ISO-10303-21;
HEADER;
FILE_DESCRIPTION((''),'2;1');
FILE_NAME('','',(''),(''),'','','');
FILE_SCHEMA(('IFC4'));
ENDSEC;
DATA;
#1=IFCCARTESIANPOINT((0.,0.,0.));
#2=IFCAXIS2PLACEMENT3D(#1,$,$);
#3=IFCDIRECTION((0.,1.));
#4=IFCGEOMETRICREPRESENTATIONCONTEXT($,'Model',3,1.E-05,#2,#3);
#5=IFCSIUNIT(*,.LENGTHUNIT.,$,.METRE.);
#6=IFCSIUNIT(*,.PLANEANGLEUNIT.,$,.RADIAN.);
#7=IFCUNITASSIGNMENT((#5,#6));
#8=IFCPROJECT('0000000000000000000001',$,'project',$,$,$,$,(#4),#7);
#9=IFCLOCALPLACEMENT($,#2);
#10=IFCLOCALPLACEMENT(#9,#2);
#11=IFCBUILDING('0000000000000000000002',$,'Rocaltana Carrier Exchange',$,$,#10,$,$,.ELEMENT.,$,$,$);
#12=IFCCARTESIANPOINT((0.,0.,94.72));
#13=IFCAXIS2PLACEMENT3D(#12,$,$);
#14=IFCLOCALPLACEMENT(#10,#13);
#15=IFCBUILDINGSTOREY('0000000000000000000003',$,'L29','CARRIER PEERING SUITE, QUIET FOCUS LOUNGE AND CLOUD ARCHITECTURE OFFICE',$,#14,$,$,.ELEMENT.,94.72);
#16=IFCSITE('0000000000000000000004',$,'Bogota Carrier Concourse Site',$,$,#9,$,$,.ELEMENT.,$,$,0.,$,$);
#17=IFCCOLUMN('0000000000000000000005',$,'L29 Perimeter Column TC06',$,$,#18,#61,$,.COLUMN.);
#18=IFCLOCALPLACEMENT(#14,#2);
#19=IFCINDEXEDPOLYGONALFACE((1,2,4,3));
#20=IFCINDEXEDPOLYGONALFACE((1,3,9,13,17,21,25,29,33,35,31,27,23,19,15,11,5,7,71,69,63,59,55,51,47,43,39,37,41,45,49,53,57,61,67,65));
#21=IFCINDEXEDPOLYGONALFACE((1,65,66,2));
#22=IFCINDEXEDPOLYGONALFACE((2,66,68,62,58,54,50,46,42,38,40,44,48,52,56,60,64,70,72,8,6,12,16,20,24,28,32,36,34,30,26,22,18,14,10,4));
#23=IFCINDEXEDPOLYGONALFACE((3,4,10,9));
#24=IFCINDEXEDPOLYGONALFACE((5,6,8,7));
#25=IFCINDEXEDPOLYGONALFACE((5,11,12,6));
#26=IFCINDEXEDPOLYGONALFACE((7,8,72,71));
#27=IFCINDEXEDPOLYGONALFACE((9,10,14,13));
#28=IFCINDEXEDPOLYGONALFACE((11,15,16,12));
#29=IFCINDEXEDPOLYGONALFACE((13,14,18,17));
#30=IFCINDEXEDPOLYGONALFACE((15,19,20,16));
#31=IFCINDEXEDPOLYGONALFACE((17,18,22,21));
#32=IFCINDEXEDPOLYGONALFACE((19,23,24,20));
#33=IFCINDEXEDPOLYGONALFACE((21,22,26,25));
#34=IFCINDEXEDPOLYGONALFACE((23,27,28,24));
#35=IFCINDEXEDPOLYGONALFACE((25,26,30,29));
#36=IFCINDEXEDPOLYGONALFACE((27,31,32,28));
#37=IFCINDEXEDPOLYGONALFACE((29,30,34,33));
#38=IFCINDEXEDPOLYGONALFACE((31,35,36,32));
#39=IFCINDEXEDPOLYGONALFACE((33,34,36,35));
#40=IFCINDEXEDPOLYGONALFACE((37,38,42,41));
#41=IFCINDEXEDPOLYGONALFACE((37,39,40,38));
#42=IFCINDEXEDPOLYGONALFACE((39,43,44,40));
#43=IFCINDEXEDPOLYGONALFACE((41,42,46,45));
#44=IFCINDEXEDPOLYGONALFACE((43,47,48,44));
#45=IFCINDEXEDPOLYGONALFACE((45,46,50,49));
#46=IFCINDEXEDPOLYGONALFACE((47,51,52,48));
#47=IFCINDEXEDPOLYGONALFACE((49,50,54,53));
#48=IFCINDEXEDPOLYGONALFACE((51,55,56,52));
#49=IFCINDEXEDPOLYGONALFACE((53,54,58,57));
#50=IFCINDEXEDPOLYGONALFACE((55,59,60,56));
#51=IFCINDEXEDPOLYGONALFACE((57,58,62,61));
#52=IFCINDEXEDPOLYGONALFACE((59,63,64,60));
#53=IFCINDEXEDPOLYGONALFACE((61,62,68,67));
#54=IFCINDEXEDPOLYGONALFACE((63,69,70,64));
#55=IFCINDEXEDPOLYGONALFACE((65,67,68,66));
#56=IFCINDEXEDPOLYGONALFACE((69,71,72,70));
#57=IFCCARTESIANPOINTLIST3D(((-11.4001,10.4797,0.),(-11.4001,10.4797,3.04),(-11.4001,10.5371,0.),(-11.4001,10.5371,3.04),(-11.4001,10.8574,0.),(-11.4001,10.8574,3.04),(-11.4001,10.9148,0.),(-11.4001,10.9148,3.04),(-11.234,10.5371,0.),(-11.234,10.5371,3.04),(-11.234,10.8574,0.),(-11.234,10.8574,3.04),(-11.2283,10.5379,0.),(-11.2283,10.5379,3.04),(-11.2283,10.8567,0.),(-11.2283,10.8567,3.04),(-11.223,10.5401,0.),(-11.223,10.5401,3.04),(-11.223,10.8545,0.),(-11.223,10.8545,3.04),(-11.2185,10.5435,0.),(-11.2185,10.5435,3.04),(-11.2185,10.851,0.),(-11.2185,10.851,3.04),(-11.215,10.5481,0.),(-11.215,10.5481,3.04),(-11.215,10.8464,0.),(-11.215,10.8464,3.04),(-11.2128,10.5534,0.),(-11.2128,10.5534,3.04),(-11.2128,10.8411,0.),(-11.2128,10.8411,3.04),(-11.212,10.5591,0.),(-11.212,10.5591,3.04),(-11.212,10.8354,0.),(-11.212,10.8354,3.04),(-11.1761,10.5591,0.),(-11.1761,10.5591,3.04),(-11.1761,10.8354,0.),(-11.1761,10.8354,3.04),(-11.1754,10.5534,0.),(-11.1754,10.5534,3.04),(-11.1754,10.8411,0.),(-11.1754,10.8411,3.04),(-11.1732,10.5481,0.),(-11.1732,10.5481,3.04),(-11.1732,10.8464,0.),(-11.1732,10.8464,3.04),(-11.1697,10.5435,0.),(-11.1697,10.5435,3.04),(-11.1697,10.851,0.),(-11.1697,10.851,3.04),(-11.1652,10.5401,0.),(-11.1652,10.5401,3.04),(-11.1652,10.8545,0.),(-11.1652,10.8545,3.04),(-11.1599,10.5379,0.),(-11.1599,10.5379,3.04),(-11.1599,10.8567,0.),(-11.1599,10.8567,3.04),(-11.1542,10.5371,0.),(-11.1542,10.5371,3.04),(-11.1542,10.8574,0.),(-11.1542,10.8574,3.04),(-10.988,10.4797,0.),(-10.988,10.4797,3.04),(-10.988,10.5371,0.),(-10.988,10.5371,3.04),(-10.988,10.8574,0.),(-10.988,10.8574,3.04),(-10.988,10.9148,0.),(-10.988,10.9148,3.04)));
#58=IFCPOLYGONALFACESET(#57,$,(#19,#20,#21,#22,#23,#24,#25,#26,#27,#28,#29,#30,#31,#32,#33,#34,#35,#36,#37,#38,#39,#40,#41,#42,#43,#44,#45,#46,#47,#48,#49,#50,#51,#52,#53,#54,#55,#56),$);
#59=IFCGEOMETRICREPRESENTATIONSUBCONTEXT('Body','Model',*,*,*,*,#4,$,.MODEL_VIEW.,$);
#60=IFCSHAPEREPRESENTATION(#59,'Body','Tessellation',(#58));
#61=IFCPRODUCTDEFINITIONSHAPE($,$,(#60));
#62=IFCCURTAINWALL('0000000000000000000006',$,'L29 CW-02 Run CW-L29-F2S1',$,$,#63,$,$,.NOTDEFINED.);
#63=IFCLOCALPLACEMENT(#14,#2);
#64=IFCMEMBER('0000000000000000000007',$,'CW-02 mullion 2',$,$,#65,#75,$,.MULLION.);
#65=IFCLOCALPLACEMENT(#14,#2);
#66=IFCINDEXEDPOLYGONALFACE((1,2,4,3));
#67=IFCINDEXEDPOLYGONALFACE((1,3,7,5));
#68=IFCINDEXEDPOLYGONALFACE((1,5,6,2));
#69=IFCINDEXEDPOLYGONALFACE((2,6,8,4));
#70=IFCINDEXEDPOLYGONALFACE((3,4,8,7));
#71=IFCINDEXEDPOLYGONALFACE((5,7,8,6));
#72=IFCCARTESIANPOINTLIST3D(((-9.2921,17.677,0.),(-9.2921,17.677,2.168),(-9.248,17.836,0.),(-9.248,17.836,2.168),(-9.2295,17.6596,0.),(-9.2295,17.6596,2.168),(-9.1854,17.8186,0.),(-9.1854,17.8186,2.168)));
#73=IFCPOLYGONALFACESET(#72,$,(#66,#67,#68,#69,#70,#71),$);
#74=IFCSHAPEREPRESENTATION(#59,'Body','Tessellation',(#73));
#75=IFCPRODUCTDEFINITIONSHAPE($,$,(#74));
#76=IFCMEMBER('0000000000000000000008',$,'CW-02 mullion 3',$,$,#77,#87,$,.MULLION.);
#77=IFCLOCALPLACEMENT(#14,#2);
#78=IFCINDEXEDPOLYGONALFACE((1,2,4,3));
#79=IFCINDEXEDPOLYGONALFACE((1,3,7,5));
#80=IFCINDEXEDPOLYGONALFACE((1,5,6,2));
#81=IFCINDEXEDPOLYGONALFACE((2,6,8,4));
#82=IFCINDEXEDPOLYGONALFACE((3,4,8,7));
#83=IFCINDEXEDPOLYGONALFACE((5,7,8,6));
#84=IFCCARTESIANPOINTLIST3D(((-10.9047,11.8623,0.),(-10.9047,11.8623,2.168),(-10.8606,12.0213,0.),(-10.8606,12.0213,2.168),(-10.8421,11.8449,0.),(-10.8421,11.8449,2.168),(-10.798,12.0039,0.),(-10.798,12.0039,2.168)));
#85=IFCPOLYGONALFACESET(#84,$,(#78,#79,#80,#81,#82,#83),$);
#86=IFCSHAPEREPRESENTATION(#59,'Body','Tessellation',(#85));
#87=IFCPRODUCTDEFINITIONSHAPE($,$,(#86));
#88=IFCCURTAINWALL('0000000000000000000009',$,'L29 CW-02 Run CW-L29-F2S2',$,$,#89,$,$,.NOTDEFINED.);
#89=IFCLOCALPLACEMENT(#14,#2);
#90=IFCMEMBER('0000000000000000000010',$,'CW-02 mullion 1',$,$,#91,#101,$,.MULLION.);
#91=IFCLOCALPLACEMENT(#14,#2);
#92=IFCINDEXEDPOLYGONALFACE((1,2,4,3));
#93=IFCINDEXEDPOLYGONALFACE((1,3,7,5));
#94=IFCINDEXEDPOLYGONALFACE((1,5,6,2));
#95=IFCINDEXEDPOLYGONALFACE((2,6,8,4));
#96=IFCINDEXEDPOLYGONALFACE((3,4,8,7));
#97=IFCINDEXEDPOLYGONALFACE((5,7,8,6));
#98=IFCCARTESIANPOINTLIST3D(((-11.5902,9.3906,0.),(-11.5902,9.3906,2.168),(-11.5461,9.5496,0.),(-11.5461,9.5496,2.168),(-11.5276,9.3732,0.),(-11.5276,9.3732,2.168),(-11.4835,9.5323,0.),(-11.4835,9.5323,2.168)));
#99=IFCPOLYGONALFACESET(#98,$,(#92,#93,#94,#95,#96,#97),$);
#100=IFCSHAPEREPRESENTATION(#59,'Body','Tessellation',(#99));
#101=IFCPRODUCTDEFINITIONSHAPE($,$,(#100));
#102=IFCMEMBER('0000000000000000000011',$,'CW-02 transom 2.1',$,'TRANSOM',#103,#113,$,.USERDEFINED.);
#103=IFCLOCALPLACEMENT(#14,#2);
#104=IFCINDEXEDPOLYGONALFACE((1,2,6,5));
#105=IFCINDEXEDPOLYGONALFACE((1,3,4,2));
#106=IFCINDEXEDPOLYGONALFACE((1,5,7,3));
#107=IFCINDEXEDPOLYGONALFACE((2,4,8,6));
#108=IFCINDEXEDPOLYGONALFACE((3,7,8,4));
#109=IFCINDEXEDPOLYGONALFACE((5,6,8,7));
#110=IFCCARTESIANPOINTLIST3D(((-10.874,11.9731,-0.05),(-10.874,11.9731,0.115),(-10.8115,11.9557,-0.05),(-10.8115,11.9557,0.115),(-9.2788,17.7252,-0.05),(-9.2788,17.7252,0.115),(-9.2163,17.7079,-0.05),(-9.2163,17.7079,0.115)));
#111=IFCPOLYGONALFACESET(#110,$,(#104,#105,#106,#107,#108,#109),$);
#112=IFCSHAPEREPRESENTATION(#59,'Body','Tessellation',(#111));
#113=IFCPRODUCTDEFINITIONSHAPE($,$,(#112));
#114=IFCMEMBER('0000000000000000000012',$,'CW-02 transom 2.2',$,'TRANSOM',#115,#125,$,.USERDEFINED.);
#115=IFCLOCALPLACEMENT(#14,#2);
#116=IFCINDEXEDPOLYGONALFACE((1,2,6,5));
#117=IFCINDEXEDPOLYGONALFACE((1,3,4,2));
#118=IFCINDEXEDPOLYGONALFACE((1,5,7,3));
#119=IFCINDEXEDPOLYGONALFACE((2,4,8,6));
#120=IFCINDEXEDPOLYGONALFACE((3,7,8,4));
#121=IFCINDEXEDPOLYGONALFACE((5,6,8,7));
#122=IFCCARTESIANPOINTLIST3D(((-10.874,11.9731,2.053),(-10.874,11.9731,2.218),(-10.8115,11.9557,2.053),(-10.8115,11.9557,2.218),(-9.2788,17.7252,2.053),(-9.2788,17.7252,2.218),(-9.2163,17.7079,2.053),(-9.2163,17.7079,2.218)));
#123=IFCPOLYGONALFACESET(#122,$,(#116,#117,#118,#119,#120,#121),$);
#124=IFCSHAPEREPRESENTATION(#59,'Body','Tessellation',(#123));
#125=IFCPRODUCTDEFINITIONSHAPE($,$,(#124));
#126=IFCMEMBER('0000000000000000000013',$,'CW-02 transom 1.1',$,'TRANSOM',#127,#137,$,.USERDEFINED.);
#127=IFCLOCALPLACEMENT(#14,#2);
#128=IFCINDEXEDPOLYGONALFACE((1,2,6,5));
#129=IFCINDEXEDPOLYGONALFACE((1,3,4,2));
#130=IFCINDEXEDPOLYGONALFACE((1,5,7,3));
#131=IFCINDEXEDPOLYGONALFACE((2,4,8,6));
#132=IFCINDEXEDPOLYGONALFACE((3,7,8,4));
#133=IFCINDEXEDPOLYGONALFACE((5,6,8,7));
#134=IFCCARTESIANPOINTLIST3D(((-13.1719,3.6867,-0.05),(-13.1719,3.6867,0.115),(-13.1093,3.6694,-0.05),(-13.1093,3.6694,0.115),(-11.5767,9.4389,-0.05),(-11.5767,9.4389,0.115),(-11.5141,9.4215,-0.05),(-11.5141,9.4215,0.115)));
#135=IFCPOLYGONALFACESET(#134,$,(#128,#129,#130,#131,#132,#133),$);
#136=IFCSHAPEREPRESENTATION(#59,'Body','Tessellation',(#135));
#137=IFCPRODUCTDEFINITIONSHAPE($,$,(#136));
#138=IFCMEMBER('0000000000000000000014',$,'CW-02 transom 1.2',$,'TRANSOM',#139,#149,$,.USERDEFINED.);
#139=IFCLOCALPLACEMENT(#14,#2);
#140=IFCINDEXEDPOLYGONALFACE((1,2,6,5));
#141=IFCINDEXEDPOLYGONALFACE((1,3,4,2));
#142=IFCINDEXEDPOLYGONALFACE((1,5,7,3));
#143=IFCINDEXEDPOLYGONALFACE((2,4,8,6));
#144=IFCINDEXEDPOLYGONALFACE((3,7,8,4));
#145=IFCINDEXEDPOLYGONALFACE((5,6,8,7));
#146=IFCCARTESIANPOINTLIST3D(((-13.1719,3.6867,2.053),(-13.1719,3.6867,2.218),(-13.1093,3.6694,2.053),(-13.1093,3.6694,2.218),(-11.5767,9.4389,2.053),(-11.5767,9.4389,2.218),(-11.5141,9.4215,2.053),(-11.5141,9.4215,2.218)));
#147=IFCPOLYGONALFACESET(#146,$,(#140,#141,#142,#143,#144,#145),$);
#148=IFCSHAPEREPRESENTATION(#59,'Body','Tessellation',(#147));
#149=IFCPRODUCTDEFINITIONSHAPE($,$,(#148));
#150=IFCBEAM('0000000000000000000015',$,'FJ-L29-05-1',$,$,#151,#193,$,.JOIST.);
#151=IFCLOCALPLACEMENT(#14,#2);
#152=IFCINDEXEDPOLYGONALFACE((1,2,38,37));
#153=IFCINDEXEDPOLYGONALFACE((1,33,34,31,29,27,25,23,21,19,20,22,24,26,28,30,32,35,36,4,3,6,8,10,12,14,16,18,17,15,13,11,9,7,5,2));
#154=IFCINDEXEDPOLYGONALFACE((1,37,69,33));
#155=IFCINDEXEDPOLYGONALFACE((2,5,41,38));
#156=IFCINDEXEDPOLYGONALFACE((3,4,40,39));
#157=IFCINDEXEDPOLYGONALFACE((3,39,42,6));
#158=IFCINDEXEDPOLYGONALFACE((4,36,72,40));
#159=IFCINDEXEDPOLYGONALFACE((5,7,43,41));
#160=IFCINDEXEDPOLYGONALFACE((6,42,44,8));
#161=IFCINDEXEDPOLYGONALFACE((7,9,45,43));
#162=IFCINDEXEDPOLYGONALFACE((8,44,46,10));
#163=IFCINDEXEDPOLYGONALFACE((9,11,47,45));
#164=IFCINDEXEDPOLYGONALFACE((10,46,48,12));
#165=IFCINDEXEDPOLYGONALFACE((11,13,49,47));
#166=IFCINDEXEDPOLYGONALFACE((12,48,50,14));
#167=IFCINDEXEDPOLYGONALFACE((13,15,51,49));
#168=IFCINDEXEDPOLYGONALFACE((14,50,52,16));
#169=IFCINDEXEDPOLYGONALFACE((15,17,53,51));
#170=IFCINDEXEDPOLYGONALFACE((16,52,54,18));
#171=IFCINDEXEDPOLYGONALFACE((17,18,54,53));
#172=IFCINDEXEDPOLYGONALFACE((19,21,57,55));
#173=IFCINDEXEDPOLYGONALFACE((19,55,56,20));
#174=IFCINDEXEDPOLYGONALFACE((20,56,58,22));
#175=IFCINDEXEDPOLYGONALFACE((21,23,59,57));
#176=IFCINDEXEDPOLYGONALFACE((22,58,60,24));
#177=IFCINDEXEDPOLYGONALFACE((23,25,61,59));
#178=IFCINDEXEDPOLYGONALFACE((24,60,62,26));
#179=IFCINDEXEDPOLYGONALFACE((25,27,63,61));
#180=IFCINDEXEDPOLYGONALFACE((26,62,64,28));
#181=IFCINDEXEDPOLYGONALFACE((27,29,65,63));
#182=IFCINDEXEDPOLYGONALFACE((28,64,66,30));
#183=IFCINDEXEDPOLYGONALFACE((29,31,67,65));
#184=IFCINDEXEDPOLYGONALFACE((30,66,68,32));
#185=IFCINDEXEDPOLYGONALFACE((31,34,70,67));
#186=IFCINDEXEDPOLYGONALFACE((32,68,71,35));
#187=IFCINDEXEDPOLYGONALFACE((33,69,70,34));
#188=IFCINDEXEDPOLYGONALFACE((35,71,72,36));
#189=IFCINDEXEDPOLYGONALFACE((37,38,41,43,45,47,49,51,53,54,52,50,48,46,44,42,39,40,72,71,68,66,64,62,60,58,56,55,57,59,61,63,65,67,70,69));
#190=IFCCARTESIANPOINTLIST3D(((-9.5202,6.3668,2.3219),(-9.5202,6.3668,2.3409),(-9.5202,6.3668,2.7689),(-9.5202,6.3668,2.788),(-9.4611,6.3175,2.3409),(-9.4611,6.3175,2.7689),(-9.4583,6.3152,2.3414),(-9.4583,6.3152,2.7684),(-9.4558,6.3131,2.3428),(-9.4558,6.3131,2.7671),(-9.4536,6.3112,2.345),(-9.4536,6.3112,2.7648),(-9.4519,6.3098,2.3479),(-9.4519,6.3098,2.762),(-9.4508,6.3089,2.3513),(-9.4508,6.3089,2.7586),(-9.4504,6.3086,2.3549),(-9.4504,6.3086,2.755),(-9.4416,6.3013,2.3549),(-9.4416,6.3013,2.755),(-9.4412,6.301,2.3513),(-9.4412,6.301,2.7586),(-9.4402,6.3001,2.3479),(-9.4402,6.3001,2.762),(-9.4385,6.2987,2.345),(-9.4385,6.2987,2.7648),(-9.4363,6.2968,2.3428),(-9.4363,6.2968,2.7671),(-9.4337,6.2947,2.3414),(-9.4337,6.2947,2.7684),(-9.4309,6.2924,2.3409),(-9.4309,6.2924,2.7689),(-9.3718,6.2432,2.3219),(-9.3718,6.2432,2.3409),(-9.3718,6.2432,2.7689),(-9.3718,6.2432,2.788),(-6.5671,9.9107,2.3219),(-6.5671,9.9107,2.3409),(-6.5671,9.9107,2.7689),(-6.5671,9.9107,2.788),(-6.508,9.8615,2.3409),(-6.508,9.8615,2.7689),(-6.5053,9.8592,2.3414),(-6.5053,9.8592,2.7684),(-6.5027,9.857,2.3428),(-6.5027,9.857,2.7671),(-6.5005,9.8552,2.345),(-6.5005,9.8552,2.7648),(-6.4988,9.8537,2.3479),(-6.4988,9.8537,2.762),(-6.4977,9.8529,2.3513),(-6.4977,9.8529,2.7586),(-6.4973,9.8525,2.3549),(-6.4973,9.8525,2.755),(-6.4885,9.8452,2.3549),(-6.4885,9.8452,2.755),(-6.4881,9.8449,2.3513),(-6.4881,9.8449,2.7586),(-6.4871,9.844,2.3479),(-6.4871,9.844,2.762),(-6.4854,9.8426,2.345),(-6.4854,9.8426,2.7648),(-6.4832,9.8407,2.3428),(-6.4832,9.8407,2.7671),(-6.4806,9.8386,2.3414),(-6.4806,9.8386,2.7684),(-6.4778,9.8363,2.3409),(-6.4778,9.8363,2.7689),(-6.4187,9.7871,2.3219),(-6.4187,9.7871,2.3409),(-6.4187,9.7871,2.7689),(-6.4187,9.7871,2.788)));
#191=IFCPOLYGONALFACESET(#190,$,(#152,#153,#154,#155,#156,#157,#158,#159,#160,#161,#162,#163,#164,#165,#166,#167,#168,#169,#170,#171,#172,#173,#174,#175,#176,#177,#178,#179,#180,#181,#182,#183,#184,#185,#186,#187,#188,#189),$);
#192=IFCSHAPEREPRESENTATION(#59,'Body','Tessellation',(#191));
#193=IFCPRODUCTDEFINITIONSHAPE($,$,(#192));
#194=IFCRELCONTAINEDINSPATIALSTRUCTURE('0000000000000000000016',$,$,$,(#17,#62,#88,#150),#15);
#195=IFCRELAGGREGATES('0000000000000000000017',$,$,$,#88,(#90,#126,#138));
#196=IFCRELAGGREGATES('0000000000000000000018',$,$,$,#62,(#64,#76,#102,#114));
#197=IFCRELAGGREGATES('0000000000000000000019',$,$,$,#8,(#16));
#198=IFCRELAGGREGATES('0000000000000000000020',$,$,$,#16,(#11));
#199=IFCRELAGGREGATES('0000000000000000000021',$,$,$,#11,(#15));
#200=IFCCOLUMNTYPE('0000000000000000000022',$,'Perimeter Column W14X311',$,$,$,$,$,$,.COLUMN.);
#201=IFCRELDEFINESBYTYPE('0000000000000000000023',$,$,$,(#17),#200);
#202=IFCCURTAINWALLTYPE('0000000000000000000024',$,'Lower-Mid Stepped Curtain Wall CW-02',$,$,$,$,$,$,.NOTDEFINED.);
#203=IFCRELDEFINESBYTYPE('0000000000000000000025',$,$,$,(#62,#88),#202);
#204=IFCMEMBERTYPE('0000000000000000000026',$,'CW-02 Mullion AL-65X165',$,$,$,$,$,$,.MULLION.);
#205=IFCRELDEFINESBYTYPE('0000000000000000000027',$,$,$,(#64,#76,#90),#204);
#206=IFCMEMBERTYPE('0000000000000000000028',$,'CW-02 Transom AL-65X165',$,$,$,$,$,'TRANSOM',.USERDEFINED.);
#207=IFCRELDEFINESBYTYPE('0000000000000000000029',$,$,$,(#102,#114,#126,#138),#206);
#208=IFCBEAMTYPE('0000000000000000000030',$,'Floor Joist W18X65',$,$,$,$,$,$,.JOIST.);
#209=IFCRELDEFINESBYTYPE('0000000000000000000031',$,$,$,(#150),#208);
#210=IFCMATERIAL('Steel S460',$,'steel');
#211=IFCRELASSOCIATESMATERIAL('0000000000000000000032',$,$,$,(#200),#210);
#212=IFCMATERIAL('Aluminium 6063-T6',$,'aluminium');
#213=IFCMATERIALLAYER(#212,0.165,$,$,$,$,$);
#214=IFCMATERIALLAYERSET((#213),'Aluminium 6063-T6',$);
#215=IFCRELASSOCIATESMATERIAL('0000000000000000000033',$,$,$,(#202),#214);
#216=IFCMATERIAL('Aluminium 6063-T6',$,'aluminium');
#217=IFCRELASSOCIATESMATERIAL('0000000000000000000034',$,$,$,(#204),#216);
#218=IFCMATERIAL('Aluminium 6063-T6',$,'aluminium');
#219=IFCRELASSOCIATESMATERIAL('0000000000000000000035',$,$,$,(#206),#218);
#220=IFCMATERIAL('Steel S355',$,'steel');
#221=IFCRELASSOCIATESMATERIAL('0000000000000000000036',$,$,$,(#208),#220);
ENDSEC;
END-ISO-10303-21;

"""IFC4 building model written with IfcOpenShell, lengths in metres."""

from ifc_helpers import new_model, si_unit, direction, frame, origin, origin_2d, place, context, subcontext, project, spatial, rectangle, i_section, extrude, material, layer, layer_set, material_profile, profile_set, type_object, element, aggregate, save


model = new_model("IFC4")

# Units and contexts
model_context = context("Model", 3, precision=1e-05, world=origin(), true_north=direction((0.0, 1.0)))
body_context = subcontext(model_context, "Body", "Model", "MODEL_VIEW")
ifc_project = project(units=[si_unit("LENGTHUNIT", "METRE"), si_unit("PLANEANGLEUNIT", "RADIAN")], contexts=[model_context])

# Site, building, storey
site_placement = place(None, origin())
site = spatial("IfcSite", under=ifc_project, at=site_placement, Name="Bogota Carrier Concourse Site", CompositionType="ELEMENT", RefElevation=0.0)
building_placement = place(site_placement, origin())
building = spatial("IfcBuilding", under=site, at=building_placement, Name="Rocaltana Carrier Exchange", CompositionType="ELEMENT")
storey_placement = place(building_placement, frame((0.0, 0.0, 94.72)))
storey = spatial("IfcBuildingStorey", under=building, at=storey_placement, Name="L29", Description="CARRIER PEERING SUITE, QUIET FOCUS LOUNGE AND CLOUD ARCHITECTURE OFFICE", CompositionType="ELEMENT", Elevation=94.72)

# Column
ifc_material_1 = material(Name="Steel S460", Category="steel")
ifc_material_profile_1 = material_profile(ifc_material_1, i_section(OverallWidth=0.4121, OverallDepth=0.4351, WebThickness=0.0359, FlangeThickness=0.0574, FilletRadius=0.022, at=origin_2d()), Name="W14X311")
ifc_profile_set_1 = profile_set([ifc_material_profile_1], Name="Steel S460")
column_type = type_object("IfcColumnType", Name="Perimeter Column W14X311", PredefinedType="COLUMN", material=ifc_profile_set_1)
column_placement = place(storey_placement, frame((-11.1941, 10.6973, 0.0), z_axis=(0.0, 0.0, 1.0), x_axis=(1.0, 0.0, 0.0)))
element("IfcColumn", 1, at=column_placement, inside=storey, type_object=column_type, Name="L29 Perimeter Column TC06", PredefinedType="COLUMN", context=body_context, shape_type="SweptSolid", body=[
    extrude(i_section(OverallWidth=0.4121, OverallDepth=0.4351, WebThickness=0.0359, FlangeThickness=0.0574, FilletRadius=0.022, at=origin_2d()), origin(), (0.0, 0.0, 1.0), 3.04),
])

# Curtain wall, members
ifc_material_2 = material(Name="Aluminium 6063-T6", Category="aluminium")
ifc_layer_1 = layer(ifc_material_2, 0.165)
ifc_layer_set_1 = layer_set([ifc_layer_1], Name="Aluminium 6063-T6")
curtain_wall_type = type_object("IfcCurtainWallType", Name="Lower-Mid Stepped Curtain Wall CW-02", PredefinedType="NOTDEFINED", material=ifc_layer_set_1)
curtain_wall_1_placement = place(storey_placement, origin())
curtain_wall_1 = element("IfcCurtainWall", 2, at=curtain_wall_1_placement, inside=storey, type_object=curtain_wall_type, Name="L29 CW-02 Run CW-L29-F2S1", PredefinedType="NOTDEFINED")
ifc_material_3 = material(Name="Aluminium 6063-T6", Category="aluminium")
ifc_material_profile_2 = material_profile(ifc_material_3, rectangle(XDim=0.0649, YDim=0.165, at=origin_2d()), Name="AL-65X165")
ifc_profile_set_2 = profile_set([ifc_material_profile_2], Name="Aluminium 6063-T6")
member_type_1 = type_object("IfcMemberType", Name="CW-02 Mullion AL-65X165", PredefinedType="MULLION", material=ifc_profile_set_2)
member_1_placement = place(storey_placement, frame((-9.2388, 17.7478, 0.0), z_axis=(0.0, 0.0, 1.0), x_axis=(0.963628, -0.267246, 0.0)))
member_1 = element("IfcMember", 3, at=member_1_placement, type_object=member_type_1, Name="CW-02 mullion 2", PredefinedType="MULLION", context=body_context, shape_type="SweptSolid", body=[
    extrude(rectangle(XDim=0.0649, YDim=0.165, at=origin_2d()), origin(), (0.0, 0.0, 1.0), 2.168),
])
member_2_placement = place(storey_placement, frame((-10.8513, 11.9331, 0.0), z_axis=(0.0, 0.0, 1.0), x_axis=(0.963628, -0.267246, 0.0)))
member_2 = element("IfcMember", 4, at=member_2_placement, type_object=member_type_1, Name="CW-02 mullion 3", PredefinedType="MULLION", context=body_context, shape_type="SweptSolid", body=[
    extrude(rectangle(XDim=0.0649, YDim=0.165, at=origin_2d()), origin(), (0.0, 0.0, 1.0), 2.168),
])

# Curtain wall, member
curtain_wall_2_placement = place(storey_placement, origin())
curtain_wall_2 = element("IfcCurtainWall", 5, at=curtain_wall_2_placement, inside=storey, type_object=curtain_wall_type, Name="L29 CW-02 Run CW-L29-F2S2", PredefinedType="NOTDEFINED")
member_3_placement = place(storey_placement, frame((-11.5369, 9.4614, 0.0), z_axis=(0.0, 0.0, 1.0), x_axis=(0.963631, -0.267238, 0.0)))
member_3 = element("IfcMember", 6, at=member_3_placement, type_object=member_type_1, Name="CW-02 mullion 1", PredefinedType="MULLION", context=body_context, shape_type="SweptSolid", body=[
    extrude(rectangle(XDim=0.0649, YDim=0.165, at=origin_2d()), origin(), (0.0, 0.0, 1.0), 2.168),
])

# Members
ifc_material_4 = material(Name="Aluminium 6063-T6", Category="aluminium")
ifc_material_profile_3 = material_profile(ifc_material_4, rectangle(XDim=0.0649, YDim=0.165, at=origin_2d()), Name="AL-65X165")
ifc_profile_set_3 = profile_set([ifc_material_profile_3], Name="Aluminium 6063-T6")
member_type_2 = type_object("IfcMemberType", Name="CW-02 Transom AL-65X165", ElementType="TRANSOM", PredefinedType="USERDEFINED", material=ifc_profile_set_3)
member_4_placement = place(storey_placement, frame((-9.2476, 17.7166, 0.0325), z_axis=(-0.267237, -0.963631, 0.0), x_axis=(0.963631, -0.267237, 0.0)))
member_4 = element("IfcMember", 7, at=member_4_placement, type_object=member_type_2, Name="CW-02 transom 2.1", ObjectType="TRANSOM", PredefinedType="USERDEFINED", context=body_context, shape_type="SweptSolid", body=[
    extrude(rectangle(XDim=0.0649, YDim=0.165, at=origin_2d()), origin(), (0.0, 0.0, 1.0), 5.9692),
])
member_5_placement = place(storey_placement, frame((-9.2476, 17.7166, 2.1355), z_axis=(-0.267237, -0.963631, 0.0), x_axis=(0.963631, -0.267237, 0.0)))
member_5 = element("IfcMember", 8, at=member_5_placement, type_object=member_type_2, Name="CW-02 transom 2.2", ObjectType="TRANSOM", PredefinedType="USERDEFINED", context=body_context, shape_type="SweptSolid", body=[
    extrude(rectangle(XDim=0.0649, YDim=0.165, at=origin_2d()), origin(), (0.0, 0.0, 1.0), 5.9692),
])
member_6_placement = place(storey_placement, frame((-11.5454, 9.4302, 0.0325), z_axis=(-0.267237, -0.963631, 0.0), x_axis=(0.963631, -0.267237, 0.0)))
member_6 = element("IfcMember", 9, at=member_6_placement, type_object=member_type_2, Name="CW-02 transom 1.1", ObjectType="TRANSOM", PredefinedType="USERDEFINED", context=body_context, shape_type="SweptSolid", body=[
    extrude(rectangle(XDim=0.0649, YDim=0.165, at=origin_2d()), origin(), (0.0, 0.0, 1.0), 5.9692),
])
member_7_placement = place(storey_placement, frame((-11.5454, 9.4302, 2.1355), z_axis=(-0.267237, -0.963631, 0.0), x_axis=(0.963631, -0.267237, 0.0)))
member_7 = element("IfcMember", 10, at=member_7_placement, type_object=member_type_2, Name="CW-02 transom 1.2", ObjectType="TRANSOM", PredefinedType="USERDEFINED", context=body_context, shape_type="SweptSolid", body=[
    extrude(rectangle(XDim=0.0649, YDim=0.165, at=origin_2d()), origin(), (0.0, 0.0, 1.0), 5.9692),
])
aggregate(curtain_wall_2, [member_3, member_6, member_7])

# Beam
ifc_material_5 = material(Name="Steel S355", Category="steel")
ifc_material_profile_4 = material_profile(ifc_material_5, i_section(OverallWidth=0.1931, OverallDepth=0.4661, WebThickness=0.0115, FlangeThickness=0.019, FilletRadius=0.0139, at=origin_2d()), Name="W18X65")
ifc_profile_set_4 = profile_set([ifc_material_profile_4], Name="Steel S355")
beam_type_1 = type_object("IfcBeamType", Name="Floor Joist W18X65", PredefinedType="JOIST", material=ifc_profile_set_4)
beam_1_placement = place(storey_placement, frame((-6.4929, 9.8489, 2.5549), z_axis=(-0.640164, -0.768239, 0.0), x_axis=(0.768239, -0.640164, 0.0)))
element("IfcBeam", 11, at=beam_1_placement, inside=storey, type_object=beam_type_1, Name="FJ-L29-05-1", PredefinedType="JOIST", context=body_context, shape_type="SweptSolid", body=[
    extrude(i_section(OverallWidth=0.1931, OverallDepth=0.4661, WebThickness=0.0115, FlangeThickness=0.019, FilletRadius=0.0139, at=origin_2d()), origin(), (0.0, 0.0, 1.0), 4.613),
])

aggregate(curtain_wall_1, [member_1, member_2, member_4, member_5])

save(model, "model.ifc")
